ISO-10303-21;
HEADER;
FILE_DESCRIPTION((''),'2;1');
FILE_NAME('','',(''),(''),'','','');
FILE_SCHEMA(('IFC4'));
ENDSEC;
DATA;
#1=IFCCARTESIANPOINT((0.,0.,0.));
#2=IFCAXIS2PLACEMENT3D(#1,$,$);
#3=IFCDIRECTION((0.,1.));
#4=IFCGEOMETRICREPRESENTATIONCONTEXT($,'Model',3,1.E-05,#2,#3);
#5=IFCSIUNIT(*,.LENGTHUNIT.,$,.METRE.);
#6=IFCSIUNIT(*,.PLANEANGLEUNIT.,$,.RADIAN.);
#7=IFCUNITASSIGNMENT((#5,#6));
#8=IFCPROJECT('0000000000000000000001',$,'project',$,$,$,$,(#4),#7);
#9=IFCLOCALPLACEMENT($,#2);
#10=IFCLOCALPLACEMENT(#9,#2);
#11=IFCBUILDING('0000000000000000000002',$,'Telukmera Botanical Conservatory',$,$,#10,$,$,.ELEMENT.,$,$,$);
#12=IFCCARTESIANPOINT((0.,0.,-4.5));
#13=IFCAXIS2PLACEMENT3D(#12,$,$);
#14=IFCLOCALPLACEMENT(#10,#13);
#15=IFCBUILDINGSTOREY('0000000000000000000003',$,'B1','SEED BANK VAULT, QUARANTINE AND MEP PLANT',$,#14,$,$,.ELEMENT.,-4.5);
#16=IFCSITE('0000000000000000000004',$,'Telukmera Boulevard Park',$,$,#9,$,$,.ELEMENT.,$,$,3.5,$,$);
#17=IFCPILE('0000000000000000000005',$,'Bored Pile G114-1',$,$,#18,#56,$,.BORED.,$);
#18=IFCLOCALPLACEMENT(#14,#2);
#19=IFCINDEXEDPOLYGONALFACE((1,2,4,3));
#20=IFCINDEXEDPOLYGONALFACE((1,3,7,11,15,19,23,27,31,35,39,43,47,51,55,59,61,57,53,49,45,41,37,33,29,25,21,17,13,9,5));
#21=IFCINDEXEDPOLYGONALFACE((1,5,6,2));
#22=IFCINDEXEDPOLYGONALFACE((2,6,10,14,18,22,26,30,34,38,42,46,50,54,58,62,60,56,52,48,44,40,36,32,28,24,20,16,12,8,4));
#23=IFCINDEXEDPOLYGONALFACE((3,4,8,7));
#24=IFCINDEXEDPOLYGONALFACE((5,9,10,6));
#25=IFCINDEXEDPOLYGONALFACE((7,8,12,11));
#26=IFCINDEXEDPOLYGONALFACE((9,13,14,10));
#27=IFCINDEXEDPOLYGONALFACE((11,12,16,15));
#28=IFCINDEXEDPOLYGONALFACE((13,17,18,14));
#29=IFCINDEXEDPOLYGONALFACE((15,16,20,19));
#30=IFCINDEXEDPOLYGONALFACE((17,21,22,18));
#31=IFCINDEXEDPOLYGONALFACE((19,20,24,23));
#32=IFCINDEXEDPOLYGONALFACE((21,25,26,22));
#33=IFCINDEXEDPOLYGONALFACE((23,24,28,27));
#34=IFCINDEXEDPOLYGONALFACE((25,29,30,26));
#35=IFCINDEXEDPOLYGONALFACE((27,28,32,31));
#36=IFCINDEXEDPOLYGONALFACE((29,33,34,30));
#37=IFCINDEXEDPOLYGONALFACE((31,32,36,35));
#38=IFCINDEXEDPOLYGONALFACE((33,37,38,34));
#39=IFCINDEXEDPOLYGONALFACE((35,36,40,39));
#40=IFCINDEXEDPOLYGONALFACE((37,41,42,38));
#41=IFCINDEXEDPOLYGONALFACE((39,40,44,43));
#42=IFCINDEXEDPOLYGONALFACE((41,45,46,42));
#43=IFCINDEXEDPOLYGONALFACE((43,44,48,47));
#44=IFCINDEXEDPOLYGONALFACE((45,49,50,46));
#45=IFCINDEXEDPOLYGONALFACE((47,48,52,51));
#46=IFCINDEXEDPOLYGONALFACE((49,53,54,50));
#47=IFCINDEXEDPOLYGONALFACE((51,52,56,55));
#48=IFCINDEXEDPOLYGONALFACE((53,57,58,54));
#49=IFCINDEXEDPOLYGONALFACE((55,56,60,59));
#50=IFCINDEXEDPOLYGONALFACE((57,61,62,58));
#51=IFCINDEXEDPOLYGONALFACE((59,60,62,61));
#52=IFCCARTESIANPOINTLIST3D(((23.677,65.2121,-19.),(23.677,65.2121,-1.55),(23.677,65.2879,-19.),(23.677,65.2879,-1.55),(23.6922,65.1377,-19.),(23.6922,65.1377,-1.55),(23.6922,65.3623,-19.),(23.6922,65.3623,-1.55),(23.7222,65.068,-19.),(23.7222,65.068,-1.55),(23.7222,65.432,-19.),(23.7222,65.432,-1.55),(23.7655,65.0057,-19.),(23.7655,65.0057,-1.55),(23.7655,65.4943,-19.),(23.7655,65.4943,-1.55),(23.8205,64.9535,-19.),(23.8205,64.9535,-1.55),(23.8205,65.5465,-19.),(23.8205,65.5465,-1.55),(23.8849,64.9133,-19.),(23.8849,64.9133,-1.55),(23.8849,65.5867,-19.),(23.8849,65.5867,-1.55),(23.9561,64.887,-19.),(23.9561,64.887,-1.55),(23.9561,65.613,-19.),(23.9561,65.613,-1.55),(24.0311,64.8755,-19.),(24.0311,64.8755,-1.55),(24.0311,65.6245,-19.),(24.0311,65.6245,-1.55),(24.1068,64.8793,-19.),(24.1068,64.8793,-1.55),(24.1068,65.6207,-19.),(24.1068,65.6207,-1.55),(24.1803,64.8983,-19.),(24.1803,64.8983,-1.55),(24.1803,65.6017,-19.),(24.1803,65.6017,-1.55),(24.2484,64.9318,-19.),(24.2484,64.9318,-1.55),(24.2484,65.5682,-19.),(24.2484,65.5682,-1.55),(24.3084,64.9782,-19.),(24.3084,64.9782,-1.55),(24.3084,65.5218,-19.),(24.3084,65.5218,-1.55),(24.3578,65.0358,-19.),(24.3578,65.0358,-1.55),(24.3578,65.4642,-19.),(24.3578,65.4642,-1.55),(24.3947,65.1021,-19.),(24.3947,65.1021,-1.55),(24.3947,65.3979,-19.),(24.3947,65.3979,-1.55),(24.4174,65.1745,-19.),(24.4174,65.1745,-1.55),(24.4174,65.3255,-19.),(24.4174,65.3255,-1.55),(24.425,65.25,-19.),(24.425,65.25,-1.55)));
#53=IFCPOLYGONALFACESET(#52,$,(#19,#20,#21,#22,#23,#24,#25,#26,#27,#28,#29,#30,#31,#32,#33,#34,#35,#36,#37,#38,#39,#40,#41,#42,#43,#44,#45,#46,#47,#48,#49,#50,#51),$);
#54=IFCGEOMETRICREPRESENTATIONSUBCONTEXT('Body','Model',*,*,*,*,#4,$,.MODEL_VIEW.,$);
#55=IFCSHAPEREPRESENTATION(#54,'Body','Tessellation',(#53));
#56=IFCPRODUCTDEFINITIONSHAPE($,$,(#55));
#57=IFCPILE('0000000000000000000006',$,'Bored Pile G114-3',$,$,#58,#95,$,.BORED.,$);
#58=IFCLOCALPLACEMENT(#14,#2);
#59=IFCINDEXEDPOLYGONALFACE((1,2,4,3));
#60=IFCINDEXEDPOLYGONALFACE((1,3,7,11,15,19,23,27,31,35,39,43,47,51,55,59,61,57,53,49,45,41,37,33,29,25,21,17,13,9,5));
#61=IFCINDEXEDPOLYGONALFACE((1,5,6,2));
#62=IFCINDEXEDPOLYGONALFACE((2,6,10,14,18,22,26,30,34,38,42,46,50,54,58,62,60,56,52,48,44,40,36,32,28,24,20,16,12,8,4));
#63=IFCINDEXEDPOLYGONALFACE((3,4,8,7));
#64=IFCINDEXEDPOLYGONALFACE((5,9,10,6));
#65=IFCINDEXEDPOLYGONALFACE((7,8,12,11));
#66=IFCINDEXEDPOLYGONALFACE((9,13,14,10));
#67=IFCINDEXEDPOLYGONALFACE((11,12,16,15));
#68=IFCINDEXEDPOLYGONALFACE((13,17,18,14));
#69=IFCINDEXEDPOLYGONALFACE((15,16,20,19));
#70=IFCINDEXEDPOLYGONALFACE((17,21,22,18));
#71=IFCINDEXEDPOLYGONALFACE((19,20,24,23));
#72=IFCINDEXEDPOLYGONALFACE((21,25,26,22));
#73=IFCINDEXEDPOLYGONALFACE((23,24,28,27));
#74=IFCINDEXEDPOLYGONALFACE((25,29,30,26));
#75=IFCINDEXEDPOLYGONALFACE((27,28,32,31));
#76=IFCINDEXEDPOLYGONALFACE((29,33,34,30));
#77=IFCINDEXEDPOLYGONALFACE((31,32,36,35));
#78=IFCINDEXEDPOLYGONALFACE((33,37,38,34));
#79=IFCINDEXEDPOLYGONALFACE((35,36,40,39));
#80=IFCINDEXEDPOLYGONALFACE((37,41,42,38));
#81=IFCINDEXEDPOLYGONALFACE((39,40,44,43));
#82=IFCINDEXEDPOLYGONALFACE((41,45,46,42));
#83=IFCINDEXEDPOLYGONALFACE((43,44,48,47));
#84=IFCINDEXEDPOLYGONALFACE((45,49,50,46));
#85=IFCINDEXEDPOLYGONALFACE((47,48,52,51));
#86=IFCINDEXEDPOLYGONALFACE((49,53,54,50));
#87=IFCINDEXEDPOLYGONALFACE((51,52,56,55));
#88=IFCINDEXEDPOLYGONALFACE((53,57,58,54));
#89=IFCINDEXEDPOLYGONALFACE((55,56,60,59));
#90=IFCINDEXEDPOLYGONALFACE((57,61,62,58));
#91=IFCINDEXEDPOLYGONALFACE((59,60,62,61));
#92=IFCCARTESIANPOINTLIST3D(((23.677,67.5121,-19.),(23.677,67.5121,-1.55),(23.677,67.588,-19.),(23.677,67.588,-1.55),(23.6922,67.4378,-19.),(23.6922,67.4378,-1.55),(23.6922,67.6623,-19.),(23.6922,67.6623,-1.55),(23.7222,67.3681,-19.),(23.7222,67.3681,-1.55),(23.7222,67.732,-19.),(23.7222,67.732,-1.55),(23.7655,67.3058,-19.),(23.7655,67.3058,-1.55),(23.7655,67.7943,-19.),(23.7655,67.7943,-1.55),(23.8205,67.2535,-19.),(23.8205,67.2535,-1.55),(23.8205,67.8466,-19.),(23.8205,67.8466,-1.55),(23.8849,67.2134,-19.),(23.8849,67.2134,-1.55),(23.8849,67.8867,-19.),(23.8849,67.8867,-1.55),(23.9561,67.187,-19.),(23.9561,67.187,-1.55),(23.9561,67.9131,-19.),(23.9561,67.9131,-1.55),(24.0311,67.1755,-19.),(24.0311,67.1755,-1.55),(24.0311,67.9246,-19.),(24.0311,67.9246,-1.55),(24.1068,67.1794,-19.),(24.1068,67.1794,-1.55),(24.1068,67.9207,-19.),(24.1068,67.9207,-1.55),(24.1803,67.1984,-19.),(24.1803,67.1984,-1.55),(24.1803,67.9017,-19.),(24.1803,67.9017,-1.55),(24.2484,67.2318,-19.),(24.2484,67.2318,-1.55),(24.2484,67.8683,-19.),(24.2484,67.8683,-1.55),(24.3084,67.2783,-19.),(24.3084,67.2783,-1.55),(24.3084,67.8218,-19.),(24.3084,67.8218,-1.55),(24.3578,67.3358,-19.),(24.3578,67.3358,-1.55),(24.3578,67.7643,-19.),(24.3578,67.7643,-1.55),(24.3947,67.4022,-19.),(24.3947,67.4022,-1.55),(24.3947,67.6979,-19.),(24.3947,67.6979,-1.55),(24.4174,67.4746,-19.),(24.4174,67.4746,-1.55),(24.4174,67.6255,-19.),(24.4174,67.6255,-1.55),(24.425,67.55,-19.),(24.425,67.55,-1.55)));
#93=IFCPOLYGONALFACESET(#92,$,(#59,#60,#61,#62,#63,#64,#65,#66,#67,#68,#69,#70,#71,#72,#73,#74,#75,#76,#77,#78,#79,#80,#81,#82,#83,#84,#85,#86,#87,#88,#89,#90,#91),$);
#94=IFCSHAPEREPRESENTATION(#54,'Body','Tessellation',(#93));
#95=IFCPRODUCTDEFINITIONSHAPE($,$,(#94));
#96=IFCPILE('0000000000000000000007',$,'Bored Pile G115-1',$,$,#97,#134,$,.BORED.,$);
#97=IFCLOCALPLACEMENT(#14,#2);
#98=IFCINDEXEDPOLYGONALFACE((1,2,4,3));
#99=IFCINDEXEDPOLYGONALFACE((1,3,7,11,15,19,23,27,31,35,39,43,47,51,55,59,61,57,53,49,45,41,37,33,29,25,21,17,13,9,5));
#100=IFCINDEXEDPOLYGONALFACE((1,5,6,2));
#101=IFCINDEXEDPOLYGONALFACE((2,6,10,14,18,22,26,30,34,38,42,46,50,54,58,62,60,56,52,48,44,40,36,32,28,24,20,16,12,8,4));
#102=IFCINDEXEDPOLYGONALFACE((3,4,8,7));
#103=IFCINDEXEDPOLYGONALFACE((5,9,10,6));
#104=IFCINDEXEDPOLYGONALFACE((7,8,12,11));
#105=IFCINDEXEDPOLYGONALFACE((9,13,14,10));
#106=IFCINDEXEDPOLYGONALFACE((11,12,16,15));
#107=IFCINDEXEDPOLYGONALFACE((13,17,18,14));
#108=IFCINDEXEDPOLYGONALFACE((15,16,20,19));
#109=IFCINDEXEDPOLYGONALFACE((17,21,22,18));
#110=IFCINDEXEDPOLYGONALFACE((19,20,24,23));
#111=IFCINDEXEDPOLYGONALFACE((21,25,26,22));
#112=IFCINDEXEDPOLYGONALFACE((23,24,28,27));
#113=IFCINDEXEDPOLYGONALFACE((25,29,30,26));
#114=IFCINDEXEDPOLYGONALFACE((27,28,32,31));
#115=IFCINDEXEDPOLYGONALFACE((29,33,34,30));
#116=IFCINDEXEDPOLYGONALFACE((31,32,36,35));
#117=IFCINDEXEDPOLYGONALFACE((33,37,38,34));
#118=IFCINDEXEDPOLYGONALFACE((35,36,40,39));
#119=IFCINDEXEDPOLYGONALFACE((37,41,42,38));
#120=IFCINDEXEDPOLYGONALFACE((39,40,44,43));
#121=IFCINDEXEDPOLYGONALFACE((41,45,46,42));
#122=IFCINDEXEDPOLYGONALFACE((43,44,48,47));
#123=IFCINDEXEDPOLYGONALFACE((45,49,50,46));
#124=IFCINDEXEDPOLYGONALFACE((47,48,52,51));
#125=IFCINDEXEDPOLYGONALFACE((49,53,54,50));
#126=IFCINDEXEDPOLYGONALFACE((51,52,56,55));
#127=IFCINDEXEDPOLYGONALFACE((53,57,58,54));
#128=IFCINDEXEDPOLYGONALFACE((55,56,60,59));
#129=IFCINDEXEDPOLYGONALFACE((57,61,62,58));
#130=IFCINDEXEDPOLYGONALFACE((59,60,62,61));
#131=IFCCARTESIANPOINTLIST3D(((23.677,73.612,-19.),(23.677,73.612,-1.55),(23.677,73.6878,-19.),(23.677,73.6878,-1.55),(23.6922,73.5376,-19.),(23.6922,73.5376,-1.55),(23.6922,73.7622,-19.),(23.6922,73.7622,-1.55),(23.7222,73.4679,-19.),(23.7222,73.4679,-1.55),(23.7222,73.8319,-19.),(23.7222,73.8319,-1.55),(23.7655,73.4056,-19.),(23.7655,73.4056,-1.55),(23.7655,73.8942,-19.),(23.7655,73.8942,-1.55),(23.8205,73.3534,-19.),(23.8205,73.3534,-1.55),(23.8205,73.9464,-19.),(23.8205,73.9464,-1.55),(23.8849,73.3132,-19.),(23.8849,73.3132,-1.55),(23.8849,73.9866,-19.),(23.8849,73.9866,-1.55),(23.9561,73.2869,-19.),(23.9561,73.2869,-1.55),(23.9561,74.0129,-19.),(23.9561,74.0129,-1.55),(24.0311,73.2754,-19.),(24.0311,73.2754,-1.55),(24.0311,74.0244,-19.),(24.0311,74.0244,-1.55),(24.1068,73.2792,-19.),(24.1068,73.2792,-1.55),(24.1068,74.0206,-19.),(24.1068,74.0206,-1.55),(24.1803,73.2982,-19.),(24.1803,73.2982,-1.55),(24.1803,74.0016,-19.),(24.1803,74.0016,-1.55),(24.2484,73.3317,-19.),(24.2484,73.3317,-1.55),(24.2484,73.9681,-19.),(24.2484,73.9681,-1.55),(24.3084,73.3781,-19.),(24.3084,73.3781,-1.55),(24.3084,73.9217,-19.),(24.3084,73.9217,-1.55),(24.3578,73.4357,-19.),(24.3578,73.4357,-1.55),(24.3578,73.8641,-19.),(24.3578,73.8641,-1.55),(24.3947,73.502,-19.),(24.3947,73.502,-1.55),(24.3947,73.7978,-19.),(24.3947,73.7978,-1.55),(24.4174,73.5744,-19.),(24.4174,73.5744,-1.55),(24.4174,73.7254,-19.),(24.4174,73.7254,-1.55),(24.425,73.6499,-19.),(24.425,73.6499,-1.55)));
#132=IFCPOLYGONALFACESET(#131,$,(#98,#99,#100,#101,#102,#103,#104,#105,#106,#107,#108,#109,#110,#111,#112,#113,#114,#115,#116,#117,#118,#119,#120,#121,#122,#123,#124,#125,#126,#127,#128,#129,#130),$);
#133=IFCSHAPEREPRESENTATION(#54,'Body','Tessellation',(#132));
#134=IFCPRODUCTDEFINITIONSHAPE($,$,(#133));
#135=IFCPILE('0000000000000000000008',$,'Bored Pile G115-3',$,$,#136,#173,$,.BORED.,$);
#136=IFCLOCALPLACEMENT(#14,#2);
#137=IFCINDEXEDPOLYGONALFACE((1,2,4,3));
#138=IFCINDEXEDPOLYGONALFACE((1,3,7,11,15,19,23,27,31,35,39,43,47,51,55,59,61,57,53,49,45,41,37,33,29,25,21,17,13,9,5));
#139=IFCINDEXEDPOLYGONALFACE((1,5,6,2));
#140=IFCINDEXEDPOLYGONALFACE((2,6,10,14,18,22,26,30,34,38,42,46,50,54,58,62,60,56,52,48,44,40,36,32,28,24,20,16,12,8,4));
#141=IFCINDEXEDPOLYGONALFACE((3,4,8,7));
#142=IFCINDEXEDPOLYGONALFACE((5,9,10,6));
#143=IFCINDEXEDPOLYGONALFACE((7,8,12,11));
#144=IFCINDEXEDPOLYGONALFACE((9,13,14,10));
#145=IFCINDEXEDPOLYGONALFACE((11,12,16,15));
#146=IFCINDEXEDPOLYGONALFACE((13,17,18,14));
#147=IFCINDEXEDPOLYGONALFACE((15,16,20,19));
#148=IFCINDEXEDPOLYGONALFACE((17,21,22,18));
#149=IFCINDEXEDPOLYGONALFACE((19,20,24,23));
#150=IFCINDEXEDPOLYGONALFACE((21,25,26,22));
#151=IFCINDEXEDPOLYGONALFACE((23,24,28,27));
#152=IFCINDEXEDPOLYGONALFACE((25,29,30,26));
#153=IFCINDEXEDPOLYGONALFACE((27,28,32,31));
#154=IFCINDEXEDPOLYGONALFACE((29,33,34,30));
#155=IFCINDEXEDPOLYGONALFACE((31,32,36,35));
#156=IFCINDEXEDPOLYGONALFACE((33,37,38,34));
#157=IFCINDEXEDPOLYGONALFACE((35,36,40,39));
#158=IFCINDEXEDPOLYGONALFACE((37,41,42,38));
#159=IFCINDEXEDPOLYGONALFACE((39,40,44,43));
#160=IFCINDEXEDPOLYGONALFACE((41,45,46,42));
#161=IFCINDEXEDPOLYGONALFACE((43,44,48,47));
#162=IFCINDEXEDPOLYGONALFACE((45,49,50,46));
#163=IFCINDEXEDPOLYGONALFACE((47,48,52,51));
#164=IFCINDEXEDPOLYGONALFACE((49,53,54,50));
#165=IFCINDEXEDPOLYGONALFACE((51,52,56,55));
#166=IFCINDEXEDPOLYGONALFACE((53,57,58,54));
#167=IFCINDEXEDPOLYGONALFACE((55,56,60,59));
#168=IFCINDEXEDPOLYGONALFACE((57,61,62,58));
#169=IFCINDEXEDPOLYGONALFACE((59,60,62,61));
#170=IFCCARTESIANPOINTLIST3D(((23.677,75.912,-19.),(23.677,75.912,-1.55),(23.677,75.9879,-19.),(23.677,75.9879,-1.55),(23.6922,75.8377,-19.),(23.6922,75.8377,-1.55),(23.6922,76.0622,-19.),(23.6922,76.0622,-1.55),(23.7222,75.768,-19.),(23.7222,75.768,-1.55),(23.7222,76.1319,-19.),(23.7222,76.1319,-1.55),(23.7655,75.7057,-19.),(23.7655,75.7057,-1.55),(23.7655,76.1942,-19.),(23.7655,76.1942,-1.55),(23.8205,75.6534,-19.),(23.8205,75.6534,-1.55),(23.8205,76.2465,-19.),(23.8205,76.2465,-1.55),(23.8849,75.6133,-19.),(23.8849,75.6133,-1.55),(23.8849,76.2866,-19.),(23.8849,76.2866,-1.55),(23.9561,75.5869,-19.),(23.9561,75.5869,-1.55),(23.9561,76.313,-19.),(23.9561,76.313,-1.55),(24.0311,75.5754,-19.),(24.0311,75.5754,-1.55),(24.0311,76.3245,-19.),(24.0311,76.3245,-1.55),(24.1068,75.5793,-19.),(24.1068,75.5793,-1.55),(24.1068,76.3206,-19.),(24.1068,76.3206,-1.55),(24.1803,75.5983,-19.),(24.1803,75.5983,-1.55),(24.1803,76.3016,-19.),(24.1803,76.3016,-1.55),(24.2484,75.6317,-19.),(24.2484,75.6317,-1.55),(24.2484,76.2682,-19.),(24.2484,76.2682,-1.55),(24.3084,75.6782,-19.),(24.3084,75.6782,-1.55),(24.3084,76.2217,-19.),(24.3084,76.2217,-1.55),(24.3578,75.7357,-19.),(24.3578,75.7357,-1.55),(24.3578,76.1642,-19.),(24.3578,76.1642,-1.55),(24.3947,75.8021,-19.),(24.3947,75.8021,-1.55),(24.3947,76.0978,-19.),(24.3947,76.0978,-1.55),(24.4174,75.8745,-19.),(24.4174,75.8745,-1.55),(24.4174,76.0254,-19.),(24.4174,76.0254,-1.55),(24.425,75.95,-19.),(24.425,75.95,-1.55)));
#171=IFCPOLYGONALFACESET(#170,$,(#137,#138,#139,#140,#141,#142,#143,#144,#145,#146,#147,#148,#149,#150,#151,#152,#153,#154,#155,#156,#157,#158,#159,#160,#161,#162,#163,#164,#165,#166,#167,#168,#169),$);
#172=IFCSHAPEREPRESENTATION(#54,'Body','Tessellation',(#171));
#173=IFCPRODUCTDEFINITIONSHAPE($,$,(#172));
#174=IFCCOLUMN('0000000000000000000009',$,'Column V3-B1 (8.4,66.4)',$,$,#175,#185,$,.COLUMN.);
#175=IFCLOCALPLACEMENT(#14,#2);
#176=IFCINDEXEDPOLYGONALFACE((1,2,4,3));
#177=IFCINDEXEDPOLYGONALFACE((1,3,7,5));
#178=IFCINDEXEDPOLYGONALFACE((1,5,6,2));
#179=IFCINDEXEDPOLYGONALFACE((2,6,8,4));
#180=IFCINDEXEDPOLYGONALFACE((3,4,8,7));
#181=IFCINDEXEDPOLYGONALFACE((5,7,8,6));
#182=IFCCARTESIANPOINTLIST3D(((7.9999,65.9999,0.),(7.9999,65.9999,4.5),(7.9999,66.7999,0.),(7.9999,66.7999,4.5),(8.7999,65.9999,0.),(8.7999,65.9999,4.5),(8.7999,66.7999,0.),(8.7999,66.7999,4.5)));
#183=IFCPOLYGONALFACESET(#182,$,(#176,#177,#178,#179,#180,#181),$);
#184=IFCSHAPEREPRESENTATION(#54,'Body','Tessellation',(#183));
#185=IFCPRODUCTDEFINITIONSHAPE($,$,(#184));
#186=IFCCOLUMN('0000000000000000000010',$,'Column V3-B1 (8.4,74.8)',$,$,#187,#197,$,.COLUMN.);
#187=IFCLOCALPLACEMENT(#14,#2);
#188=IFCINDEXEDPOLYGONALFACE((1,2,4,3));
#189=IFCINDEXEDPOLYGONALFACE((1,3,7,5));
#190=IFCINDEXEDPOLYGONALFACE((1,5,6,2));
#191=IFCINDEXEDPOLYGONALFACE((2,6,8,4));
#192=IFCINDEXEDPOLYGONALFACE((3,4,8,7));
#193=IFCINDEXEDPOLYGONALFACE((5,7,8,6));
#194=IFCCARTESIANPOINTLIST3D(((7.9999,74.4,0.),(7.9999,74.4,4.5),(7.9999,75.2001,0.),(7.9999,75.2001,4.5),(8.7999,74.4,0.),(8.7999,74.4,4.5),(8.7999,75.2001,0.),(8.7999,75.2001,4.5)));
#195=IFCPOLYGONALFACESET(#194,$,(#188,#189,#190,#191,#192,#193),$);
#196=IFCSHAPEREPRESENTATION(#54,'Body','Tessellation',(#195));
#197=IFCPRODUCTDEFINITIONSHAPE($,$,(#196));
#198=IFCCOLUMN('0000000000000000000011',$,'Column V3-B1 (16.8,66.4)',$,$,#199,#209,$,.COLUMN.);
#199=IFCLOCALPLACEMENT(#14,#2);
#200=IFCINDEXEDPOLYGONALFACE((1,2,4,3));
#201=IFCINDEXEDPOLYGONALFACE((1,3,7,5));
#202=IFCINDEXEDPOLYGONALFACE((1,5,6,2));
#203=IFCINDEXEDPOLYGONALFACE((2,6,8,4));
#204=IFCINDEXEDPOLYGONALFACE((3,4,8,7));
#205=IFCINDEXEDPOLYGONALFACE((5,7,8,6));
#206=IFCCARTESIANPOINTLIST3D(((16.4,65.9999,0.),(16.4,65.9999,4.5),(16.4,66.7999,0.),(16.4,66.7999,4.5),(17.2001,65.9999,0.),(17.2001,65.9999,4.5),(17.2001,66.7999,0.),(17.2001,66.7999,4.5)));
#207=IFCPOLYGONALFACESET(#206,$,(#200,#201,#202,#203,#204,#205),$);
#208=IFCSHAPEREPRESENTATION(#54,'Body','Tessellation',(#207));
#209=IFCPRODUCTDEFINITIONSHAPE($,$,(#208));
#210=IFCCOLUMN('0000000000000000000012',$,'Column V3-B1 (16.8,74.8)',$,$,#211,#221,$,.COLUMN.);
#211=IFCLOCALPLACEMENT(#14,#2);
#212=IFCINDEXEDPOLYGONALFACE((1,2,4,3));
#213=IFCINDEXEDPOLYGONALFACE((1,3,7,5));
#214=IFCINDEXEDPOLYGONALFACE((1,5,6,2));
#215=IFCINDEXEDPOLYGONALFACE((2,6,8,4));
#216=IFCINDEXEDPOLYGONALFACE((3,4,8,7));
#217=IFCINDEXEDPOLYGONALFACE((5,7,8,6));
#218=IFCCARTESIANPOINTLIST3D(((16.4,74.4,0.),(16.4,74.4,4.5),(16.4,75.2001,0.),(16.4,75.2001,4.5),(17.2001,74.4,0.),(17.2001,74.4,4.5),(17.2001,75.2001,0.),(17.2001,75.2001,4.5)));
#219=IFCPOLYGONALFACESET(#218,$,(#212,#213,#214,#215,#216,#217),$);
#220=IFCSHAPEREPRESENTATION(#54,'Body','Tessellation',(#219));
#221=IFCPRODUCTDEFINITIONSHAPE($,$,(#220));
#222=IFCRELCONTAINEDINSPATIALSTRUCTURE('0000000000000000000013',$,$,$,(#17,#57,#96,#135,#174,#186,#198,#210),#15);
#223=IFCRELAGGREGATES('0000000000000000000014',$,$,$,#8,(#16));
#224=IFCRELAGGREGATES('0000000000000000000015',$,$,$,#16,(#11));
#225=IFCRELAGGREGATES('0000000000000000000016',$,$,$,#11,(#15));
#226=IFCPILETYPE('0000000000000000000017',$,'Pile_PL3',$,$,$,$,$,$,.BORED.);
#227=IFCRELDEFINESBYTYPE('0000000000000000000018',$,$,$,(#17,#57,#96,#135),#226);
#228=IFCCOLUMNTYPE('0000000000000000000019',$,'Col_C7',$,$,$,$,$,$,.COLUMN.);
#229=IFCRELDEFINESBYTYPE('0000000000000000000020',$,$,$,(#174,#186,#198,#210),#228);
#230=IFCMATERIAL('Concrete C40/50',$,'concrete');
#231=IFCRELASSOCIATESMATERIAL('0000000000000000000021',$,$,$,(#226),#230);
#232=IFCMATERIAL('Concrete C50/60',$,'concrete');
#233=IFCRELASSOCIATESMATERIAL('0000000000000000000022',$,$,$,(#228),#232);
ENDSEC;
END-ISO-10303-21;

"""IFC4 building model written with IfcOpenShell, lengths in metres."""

from ifc_helpers import new_model, si_unit, direction, frame, origin, origin_2d, place, context, subcontext, project, spatial, rectangle, circle, extrude, material, material_profile, profile_set, type_object, element, save


model = new_model("IFC4")

# Units and contexts
model_context = context("Model", 3, precision=1e-05, world=origin(), true_north=direction((0.0, 1.0)))
body_context = subcontext(model_context, "Body", "Model", "MODEL_VIEW")
ifc_project = project(units=[si_unit("LENGTHUNIT", "METRE"), si_unit("PLANEANGLEUNIT", "RADIAN")], contexts=[model_context])

# Site, building, storey
site_placement = place(None, origin())
site = spatial("IfcSite", under=ifc_project, at=site_placement, Name="Telukmera Boulevard Park", CompositionType="ELEMENT", RefElevation=3.5)
building_placement = place(site_placement, origin())
building = spatial("IfcBuilding", under=site, at=building_placement, Name="Telukmera Botanical Conservatory", CompositionType="ELEMENT")
storey_placement = place(building_placement, frame((0.0, 0.0, -4.5)))
storey = spatial("IfcBuildingStorey", under=building, at=storey_placement, Name="B1", Description="SEED BANK VAULT, QUARANTINE AND MEP PLANT", CompositionType="ELEMENT", Elevation=-4.5)

# Shared definitions
ifc_material_1 = material(Name="Concrete C50/60", Category="concrete")
ifc_material_2 = material(Name="Concrete C40/50", Category="concrete")

# Piles
ifc_material_profile_1 = material_profile(ifc_material_2, circle(Radius=0.375, at=origin_2d()), Name="PILE D750")
ifc_profile_set_1 = profile_set([ifc_material_profile_1], Name="Concrete C40/50")
pile_type = type_object("IfcPileType", Name="Pile_PL3", PredefinedType="BORED", material=ifc_profile_set_1)
for number, where, z_axis, x_axis, name in (
    (1, (24.05, 65.25, -1.55), (0.0, 0.0, -1.0), (1.0, 0.0, 0.0), "Bored Pile G114-1"),
    (2, (24.05, 67.55, -1.55), (0.0, 0.0, -1.0), (1.0, 0.0, 0.0), "Bored Pile G114-3"),
    (3, (24.05, 73.6499, -1.55), (0.0, 0.0, -1.0), (1.0, 0.0, 0.0), "Bored Pile G115-1"),
    (4, (24.05, 75.95, -1.55), (0.0, 0.0, -1.0), (1.0, 0.0, 0.0), "Bored Pile G115-3"),
):
    element("IfcPile", number, at=place(storey_placement, frame(where, z_axis=z_axis, x_axis=x_axis)), inside=storey, type_object=pile_type, Name=name, PredefinedType="BORED", context=body_context, shape_type="SweptSolid", body=[
        extrude(circle(Radius=0.375, at=origin_2d()), origin(), (0.0, 0.0, 1.0), 17.45),
    ])

# Columns
ifc_material_profile_2 = material_profile(ifc_material_1, rectangle(XDim=0.8, YDim=0.8, at=origin_2d()), Name="RC 800x800")
ifc_profile_set_2 = profile_set([ifc_material_profile_2], Name="Concrete C50/60")
column_type = type_object("IfcColumnType", Name="Col_C7", PredefinedType="COLUMN", material=ifc_profile_set_2)
for number, where, z_axis, x_axis, name in (
    (5, (8.3999, 66.3999, 0.0), (0.0, 0.0, 1.0), (1.0, 0.0, 0.0), "Column V3-B1 (8.4,66.4)"),
    (6, (8.3999, 74.8, 0.0), (0.0, 0.0, 1.0), (1.0, 0.0, 0.0), "Column V3-B1 (8.4,74.8)"),
    (7, (16.8, 66.3999, 0.0), (0.0, 0.0, 1.0), (1.0, 0.0, 0.0), "Column V3-B1 (16.8,66.4)"),
    (8, (16.8, 74.8, 0.0), (0.0, 0.0, 1.0), (1.0, 0.0, 0.0), "Column V3-B1 (16.8,74.8)"),
):
    element("IfcColumn", number, at=place(storey_placement, frame(where, z_axis=z_axis, x_axis=x_axis)), inside=storey, type_object=column_type, Name=name, PredefinedType="COLUMN", context=body_context, shape_type="SweptSolid", body=[
        extrude(rectangle(XDim=0.8, YDim=0.8, at=origin_2d()), origin(), (0.0, 0.0, 1.0), 4.5),
    ])

save(model, "model.ifc")
